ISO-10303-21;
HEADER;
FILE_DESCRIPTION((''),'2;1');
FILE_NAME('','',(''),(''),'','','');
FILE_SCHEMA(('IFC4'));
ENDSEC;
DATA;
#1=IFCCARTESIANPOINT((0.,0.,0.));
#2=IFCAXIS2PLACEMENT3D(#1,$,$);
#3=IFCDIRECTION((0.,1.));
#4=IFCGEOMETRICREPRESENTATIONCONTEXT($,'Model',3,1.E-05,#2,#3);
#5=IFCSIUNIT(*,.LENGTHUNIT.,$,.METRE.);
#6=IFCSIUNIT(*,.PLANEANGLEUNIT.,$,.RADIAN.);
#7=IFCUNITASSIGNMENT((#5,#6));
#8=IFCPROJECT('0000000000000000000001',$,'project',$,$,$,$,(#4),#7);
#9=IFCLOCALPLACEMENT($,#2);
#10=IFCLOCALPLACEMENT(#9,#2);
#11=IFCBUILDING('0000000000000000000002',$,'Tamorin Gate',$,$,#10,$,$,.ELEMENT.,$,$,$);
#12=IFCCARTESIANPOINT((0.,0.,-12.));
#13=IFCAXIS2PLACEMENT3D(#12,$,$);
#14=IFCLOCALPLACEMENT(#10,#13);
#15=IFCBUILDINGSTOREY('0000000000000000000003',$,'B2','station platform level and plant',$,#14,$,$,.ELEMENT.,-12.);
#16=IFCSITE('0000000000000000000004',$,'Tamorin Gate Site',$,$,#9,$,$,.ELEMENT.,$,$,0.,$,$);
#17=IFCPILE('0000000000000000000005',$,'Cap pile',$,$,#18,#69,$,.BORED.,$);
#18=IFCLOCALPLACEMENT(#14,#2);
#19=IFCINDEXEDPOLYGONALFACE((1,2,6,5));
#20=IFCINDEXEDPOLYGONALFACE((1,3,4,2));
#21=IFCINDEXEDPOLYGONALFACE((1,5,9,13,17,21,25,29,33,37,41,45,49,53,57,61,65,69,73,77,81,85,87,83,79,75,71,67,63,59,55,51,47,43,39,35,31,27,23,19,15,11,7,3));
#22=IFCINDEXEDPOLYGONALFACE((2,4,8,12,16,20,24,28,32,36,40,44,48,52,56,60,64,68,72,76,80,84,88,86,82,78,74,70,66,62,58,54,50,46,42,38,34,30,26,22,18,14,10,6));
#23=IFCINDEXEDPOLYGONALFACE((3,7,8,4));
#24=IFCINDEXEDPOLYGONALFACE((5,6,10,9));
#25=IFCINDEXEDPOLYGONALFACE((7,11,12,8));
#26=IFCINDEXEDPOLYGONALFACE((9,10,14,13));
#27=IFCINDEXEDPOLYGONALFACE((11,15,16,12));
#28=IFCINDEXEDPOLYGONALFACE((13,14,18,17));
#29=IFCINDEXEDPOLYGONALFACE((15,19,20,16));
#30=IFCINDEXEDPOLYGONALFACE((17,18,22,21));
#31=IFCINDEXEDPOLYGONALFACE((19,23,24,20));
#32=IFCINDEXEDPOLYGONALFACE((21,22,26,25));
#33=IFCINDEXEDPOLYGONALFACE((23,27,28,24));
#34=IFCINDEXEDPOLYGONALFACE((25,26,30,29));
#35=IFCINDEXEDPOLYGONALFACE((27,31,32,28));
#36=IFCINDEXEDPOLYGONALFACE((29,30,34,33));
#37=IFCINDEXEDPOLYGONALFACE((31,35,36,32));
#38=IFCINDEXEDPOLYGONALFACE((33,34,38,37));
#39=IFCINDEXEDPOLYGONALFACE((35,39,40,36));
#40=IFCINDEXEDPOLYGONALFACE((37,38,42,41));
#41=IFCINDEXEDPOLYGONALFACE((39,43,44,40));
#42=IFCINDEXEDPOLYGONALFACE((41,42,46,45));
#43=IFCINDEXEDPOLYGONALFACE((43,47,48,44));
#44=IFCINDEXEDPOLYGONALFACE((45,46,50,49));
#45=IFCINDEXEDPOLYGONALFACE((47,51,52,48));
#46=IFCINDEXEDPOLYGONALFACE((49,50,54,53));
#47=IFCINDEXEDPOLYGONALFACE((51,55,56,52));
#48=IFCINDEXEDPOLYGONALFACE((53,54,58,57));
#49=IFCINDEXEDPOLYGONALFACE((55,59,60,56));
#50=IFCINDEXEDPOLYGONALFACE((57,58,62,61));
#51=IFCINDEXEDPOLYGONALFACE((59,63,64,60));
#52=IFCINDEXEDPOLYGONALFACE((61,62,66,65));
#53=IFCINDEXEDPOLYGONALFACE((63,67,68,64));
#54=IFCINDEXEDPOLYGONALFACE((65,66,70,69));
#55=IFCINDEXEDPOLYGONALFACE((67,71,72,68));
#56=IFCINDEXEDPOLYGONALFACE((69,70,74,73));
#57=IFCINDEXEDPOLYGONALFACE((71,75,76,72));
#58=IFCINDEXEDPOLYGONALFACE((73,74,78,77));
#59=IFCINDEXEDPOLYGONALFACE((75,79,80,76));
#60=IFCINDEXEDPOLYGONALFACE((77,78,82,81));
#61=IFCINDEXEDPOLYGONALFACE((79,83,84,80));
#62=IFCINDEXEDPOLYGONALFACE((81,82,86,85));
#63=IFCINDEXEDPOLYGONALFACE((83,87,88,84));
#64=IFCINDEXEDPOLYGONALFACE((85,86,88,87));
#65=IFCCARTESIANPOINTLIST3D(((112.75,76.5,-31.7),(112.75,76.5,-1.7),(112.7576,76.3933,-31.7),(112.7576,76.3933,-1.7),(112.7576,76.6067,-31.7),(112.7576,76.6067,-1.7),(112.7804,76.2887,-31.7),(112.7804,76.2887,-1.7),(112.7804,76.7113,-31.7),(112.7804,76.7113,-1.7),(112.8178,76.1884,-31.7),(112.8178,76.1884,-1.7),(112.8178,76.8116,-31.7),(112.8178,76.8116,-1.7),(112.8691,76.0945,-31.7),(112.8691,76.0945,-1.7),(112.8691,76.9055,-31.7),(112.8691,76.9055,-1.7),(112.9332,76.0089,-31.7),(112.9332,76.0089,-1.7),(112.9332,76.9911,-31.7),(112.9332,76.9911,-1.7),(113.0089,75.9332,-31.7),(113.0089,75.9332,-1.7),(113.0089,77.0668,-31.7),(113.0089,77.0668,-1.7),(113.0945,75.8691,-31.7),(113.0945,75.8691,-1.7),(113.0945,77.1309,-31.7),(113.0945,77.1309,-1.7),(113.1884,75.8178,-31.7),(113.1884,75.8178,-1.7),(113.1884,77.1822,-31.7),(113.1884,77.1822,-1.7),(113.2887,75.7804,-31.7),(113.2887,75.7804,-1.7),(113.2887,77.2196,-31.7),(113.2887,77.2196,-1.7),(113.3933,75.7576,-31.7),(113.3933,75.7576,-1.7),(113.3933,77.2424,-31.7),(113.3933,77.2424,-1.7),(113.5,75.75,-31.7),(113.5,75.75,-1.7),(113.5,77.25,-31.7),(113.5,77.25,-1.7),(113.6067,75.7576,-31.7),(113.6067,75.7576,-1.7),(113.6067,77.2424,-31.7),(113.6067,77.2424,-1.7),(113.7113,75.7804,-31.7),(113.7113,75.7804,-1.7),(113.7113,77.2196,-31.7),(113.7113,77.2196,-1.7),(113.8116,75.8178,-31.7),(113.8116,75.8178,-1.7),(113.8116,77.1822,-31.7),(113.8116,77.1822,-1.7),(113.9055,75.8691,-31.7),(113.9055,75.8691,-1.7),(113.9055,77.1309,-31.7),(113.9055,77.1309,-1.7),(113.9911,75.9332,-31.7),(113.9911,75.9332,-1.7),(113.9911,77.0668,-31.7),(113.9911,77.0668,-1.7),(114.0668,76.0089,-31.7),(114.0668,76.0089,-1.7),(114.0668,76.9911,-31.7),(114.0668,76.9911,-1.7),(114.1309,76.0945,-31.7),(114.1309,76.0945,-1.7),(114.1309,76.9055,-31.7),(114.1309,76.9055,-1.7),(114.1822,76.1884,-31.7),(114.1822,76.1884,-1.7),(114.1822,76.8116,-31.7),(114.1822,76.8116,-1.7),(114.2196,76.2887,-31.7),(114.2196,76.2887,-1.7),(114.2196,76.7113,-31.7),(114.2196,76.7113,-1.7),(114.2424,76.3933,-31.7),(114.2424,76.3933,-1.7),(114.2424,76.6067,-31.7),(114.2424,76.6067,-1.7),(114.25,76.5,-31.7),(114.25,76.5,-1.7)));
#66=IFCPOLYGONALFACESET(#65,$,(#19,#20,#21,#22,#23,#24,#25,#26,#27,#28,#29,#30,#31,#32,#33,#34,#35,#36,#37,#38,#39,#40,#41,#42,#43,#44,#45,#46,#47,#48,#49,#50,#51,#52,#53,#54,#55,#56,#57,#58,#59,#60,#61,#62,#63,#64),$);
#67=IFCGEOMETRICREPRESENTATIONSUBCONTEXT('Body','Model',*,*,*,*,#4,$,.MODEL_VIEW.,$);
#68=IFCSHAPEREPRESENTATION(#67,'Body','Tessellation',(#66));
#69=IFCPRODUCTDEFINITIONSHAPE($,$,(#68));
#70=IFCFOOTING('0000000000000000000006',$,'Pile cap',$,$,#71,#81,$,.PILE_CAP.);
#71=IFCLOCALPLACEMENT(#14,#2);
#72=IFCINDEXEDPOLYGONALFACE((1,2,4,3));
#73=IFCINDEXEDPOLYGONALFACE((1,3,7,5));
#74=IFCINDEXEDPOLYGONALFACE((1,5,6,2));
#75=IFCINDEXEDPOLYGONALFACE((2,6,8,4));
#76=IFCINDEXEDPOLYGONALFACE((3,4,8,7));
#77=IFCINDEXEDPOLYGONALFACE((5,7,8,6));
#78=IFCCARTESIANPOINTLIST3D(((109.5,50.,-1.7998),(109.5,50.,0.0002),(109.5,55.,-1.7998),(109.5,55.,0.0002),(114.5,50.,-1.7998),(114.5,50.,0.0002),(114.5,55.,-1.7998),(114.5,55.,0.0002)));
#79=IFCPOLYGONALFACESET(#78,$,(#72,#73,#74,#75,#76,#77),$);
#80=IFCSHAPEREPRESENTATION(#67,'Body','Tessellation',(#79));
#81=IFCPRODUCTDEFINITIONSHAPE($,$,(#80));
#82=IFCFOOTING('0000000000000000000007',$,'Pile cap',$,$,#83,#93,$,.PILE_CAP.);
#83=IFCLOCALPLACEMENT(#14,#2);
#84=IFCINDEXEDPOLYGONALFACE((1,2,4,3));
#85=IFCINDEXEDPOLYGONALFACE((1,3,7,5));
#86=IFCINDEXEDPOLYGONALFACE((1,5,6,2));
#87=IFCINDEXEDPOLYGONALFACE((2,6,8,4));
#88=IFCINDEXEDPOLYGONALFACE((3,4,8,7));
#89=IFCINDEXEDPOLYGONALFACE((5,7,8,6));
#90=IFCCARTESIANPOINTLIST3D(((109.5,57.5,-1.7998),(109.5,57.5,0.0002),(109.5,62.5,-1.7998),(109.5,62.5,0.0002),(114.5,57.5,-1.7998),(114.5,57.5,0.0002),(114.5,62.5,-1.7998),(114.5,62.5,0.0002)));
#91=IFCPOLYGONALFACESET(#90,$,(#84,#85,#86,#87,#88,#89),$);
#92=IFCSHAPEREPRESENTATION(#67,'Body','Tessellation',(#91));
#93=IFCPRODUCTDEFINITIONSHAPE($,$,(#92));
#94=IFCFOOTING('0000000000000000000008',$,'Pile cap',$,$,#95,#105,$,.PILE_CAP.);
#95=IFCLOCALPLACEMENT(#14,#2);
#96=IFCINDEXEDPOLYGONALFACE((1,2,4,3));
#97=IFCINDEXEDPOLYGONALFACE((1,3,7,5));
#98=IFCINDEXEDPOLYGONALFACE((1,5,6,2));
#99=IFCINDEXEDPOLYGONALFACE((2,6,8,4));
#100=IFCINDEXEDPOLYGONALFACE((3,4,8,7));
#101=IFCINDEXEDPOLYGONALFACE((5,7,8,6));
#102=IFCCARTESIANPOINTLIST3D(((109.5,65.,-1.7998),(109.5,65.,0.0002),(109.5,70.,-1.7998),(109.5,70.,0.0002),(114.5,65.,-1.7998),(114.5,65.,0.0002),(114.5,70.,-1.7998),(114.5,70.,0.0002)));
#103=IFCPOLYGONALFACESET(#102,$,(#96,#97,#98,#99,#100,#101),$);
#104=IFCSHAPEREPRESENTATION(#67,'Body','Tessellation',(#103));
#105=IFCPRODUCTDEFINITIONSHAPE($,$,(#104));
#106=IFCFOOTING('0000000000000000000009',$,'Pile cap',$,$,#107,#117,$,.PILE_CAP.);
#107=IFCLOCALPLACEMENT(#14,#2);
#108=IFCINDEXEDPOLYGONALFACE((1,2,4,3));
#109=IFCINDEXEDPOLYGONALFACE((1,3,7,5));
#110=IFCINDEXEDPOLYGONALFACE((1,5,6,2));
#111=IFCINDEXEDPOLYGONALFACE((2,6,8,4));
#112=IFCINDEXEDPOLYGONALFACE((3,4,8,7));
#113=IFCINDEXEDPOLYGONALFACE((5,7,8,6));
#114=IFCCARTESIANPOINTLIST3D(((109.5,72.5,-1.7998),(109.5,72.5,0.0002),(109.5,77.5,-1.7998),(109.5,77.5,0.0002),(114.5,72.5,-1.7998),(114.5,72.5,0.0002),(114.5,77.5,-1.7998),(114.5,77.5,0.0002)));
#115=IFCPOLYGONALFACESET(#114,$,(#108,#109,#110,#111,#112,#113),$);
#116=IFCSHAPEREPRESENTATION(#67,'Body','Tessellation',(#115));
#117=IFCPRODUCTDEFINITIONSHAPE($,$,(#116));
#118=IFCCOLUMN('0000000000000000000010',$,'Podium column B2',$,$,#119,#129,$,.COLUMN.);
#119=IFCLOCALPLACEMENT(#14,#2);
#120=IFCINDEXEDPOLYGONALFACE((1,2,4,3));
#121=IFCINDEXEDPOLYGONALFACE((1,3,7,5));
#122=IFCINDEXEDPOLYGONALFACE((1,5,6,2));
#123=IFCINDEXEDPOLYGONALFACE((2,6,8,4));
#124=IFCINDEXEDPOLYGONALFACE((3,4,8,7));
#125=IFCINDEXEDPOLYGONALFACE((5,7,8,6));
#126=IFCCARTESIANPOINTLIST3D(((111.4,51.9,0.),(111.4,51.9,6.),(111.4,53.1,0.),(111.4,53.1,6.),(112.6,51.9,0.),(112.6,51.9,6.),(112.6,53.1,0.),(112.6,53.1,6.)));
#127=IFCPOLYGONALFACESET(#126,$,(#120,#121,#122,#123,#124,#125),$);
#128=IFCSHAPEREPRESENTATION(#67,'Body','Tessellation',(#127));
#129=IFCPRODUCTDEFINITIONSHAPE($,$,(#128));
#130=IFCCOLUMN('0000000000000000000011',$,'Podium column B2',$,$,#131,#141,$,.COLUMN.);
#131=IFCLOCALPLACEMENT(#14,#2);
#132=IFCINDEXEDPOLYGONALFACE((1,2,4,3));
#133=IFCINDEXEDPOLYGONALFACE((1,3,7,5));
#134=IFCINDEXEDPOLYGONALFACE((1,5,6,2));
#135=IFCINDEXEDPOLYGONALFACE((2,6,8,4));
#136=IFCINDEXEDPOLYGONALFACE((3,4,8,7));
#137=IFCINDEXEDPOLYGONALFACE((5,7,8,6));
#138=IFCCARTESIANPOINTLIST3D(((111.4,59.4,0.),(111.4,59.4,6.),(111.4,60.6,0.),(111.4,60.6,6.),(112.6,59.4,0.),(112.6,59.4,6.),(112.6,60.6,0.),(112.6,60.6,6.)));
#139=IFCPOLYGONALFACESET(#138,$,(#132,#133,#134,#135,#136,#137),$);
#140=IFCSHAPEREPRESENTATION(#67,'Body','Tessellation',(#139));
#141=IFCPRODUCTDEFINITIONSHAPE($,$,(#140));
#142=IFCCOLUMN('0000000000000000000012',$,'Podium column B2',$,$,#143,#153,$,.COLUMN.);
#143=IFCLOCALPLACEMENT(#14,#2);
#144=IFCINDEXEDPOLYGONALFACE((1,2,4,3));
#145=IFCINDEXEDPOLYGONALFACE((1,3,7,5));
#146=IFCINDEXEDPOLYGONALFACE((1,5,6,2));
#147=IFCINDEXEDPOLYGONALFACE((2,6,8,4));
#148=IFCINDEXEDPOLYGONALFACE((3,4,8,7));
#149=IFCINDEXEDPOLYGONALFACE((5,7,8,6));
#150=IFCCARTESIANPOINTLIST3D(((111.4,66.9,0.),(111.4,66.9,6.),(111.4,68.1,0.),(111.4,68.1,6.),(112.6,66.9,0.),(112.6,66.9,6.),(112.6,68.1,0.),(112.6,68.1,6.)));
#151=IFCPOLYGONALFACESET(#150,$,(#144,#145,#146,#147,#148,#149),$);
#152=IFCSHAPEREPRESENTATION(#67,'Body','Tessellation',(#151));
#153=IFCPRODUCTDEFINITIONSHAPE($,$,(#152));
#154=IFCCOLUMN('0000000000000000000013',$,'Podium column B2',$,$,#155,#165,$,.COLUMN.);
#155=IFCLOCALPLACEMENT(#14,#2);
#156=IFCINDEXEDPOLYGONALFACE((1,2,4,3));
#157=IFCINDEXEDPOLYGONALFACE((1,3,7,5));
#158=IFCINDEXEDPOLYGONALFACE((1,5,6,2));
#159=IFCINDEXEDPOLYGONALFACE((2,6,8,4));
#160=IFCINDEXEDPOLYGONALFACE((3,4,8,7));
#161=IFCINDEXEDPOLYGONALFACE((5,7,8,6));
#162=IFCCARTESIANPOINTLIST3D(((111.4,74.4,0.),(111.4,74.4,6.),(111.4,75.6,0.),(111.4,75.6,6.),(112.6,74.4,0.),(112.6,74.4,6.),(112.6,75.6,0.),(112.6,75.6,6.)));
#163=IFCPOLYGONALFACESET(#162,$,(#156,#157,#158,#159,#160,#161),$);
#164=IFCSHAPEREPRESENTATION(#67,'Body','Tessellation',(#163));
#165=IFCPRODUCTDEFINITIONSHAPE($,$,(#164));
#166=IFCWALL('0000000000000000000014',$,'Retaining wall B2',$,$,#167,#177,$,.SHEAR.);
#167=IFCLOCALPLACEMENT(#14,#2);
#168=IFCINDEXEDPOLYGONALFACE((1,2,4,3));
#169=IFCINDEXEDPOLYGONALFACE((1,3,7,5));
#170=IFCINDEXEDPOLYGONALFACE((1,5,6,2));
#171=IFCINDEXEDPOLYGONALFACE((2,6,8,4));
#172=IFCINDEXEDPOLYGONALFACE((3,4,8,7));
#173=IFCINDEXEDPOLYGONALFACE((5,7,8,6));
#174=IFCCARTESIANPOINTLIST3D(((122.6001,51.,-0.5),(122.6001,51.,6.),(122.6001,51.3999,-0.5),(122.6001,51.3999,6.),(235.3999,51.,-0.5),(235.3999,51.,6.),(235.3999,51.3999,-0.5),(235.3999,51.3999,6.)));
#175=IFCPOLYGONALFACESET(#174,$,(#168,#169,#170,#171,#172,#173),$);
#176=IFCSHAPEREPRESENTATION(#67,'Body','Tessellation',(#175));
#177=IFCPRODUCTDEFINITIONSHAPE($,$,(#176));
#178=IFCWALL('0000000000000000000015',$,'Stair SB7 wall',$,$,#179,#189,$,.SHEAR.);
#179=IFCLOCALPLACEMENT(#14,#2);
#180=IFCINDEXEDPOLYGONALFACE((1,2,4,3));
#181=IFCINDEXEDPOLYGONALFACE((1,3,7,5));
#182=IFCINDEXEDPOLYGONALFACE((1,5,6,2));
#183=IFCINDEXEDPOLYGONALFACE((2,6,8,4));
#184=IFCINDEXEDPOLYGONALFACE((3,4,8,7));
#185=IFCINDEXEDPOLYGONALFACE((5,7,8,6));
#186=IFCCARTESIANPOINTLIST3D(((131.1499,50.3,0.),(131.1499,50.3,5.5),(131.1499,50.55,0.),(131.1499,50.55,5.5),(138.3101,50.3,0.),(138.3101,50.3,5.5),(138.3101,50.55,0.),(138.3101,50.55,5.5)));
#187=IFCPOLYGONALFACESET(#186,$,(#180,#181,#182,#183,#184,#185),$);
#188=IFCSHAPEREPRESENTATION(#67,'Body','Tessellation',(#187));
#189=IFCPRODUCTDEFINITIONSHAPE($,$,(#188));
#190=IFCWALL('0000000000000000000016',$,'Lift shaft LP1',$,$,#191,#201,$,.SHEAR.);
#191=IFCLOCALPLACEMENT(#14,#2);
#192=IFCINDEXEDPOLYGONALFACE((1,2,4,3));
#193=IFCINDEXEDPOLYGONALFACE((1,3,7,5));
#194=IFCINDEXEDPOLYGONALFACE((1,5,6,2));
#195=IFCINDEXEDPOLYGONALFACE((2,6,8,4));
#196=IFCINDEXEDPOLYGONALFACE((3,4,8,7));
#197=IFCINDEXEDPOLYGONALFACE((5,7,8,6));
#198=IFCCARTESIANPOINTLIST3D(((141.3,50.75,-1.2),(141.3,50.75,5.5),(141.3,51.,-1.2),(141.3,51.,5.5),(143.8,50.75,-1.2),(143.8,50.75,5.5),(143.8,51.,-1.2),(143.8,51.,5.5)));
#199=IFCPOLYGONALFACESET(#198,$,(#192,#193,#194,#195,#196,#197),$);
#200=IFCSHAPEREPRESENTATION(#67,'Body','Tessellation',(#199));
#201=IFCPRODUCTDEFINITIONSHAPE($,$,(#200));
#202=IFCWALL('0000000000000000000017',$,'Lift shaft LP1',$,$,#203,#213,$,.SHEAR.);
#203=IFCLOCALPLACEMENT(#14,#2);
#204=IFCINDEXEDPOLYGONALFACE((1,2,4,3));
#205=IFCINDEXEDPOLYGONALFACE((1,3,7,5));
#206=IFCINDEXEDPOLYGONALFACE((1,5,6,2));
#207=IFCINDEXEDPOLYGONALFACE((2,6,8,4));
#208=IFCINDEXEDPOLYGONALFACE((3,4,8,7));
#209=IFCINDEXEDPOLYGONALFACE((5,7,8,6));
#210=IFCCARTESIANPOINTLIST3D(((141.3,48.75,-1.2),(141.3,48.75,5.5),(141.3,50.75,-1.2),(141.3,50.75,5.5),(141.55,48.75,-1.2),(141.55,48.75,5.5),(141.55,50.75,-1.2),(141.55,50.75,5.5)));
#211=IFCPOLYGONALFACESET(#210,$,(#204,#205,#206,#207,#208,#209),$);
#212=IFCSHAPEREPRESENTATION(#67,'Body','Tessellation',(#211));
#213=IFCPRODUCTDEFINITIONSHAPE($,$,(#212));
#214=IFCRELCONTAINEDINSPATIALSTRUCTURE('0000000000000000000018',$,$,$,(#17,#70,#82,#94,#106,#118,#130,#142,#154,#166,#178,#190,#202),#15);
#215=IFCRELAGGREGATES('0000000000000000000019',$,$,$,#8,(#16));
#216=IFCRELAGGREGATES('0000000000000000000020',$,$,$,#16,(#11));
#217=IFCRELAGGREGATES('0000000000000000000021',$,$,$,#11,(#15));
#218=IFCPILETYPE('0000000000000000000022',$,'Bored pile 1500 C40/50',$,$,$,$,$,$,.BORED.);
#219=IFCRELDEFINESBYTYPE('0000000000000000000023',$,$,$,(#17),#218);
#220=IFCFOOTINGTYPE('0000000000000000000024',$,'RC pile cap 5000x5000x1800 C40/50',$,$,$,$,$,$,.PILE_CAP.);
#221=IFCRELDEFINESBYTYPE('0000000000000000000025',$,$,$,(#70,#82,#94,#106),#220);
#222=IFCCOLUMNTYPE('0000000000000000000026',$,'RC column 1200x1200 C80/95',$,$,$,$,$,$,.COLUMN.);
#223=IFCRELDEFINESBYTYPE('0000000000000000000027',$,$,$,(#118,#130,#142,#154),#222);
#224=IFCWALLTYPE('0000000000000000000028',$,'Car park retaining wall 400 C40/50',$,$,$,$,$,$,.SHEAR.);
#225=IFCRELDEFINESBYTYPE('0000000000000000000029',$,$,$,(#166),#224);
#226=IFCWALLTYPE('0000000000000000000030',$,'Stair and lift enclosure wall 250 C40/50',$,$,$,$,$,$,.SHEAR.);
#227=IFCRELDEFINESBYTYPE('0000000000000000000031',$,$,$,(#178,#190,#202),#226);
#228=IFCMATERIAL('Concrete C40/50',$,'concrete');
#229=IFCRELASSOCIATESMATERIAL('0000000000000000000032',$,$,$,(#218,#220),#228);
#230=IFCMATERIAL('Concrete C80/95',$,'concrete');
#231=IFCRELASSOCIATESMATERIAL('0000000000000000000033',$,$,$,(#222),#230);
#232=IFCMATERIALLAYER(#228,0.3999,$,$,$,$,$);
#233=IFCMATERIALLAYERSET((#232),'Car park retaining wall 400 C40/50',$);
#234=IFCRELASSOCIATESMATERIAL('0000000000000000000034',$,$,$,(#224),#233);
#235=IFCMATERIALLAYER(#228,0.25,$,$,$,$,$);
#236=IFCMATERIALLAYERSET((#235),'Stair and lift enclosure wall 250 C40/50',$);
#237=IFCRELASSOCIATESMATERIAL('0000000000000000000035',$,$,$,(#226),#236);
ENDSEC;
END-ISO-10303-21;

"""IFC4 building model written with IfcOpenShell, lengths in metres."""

from ifc_helpers import new_model, si_unit, direction, frame, frame_2d, origin, origin_2d, place, context, subcontext, project, spatial, rectangle, circle, extrude, material, layer, layer_set, material_profile, profile_set, type_object, element, save


model = new_model("IFC4")

# Units and contexts
model_context = context("Model", 3, precision=1e-05, world=origin(), true_north=direction((0.0, 1.0)))
body_context = subcontext(model_context, "Body", "Model", "MODEL_VIEW")
ifc_project = project(units=[si_unit("LENGTHUNIT", "METRE"), si_unit("PLANEANGLEUNIT", "RADIAN")], contexts=[model_context])

# Site, building, storey
site_placement = place(None, origin())
site = spatial("IfcSite", under=ifc_project, at=site_placement, Name="Tamorin Gate Site", CompositionType="ELEMENT", RefElevation=0.0)
building_placement = place(site_placement, origin())
building = spatial("IfcBuilding", under=site, at=building_placement, Name="Tamorin Gate", CompositionType="ELEMENT")
storey_placement = place(building_placement, frame((0.0, 0.0, -12.0)))
storey = spatial("IfcBuildingStorey", under=building, at=storey_placement, Name="B2", Description="station platform level and plant", CompositionType="ELEMENT", Elevation=-12.0)

# Pile
ifc_material_1 = material(Name="Concrete C40/50", Category="concrete")
ifc_material_profile_1 = material_profile(ifc_material_1, circle(Radius=0.75, at=origin_2d()))
ifc_profile_set_1 = profile_set([ifc_material_profile_1], Name="Concrete C40/50")
pile_type = type_object("IfcPileType", Name="Bored pile 1500 C40/50", PredefinedType="BORED", material=ifc_profile_set_1)
for number, where, z_axis, x_axis, name in (
    (1, (113.5, 76.5, -1.7), (0.0, 0.0, -1.0), (1.0, 0.0, 0.0), "Cap pile"),
):
    element("IfcPile", number, at=place(storey_placement, frame(where, z_axis=z_axis, x_axis=x_axis)), inside=storey, type_object=pile_type, Name=name, PredefinedType="BORED", context=body_context, shape_type="SweptSolid", body=[
        extrude(circle(Radius=0.75, at=origin_2d()), origin(), (0.0, 0.0, 1.0), 30.0),
    ])

# Footings
footing_type = type_object("IfcFootingType", Name="RC pile cap 5000x5000x1800 C40/50", PredefinedType="PILE_CAP", material=ifc_material_1)
for number, where, z_axis, x_axis, name in (
    (2, (112.0, 52.5, -1.7998), (0.0, 0.0, 1.0), (1.0, 0.0, 0.0), "Pile cap"),
    (3, (112.0, 60.0, -1.7998), (0.0, 0.0, 1.0), (1.0, 0.0, 0.0), "Pile cap"),
    (4, (112.0, 67.5, -1.7998), (0.0, 0.0, 1.0), (1.0, 0.0, 0.0), "Pile cap"),
    (5, (112.0, 75.0, -1.7998), (0.0, 0.0, 1.0), (1.0, 0.0, 0.0), "Pile cap"),
):
    element("IfcFooting", number, at=place(storey_placement, frame(where, z_axis=z_axis, x_axis=x_axis)), inside=storey, type_object=footing_type, Name=name, PredefinedType="PILE_CAP", context=body_context, shape_type="SweptSolid", body=[
        extrude(rectangle(XDim=5.0, YDim=5.0, at=origin_2d()), origin(), (0.0, 0.0, 1.0), 1.8),
    ])

# Columns
ifc_material_2 = material(Name="Concrete C80/95", Category="concrete")
ifc_material_profile_2 = material_profile(ifc_material_2, rectangle(XDim=1.2, YDim=1.2, at=origin_2d()), Name="RC 1200x1200")
ifc_profile_set_2 = profile_set([ifc_material_profile_2], Name="Concrete C80/95")
column_type = type_object("IfcColumnType", Name="RC column 1200x1200 C80/95", PredefinedType="COLUMN", material=ifc_profile_set_2)
for number, where, z_axis, x_axis, name in (
    (6, (112.0, 52.5, 0.0), (0.0, 0.0, 1.0), (1.0, 0.0, 0.0), "Podium column B2"),
    (7, (112.0, 60.0, 0.0), (0.0, 0.0, 1.0), (1.0, 0.0, 0.0), "Podium column B2"),
    (8, (112.0, 67.5, 0.0), (0.0, 0.0, 1.0), (1.0, 0.0, 0.0), "Podium column B2"),
    (9, (112.0, 75.0, 0.0), (0.0, 0.0, 1.0), (1.0, 0.0, 0.0), "Podium column B2"),
):
    element("IfcColumn", number, at=place(storey_placement, frame(where, z_axis=z_axis, x_axis=x_axis)), inside=storey, type_object=column_type, Name=name, PredefinedType="COLUMN", context=body_context, shape_type="SweptSolid", body=[
        extrude(rectangle(XDim=1.2, YDim=1.2, at=origin_2d()), origin(), (0.0, 0.0, 1.0), 6.0),
    ])

# Walls
ifc_layer_1 = layer(ifc_material_1, 0.3999)
ifc_layer_set_1 = layer_set([ifc_layer_1], Name="Car park retaining wall 400 C40/50")
wall_type_1 = type_object("IfcWallType", Name="Car park retaining wall 400 C40/50", PredefinedType="SHEAR", material=ifc_layer_set_1)
wall_1_placement = place(storey_placement, frame((122.6001, 51.2, -0.5), z_axis=(0.0, 0.0, 1.0), x_axis=(1.0, 0.0, 0.0)))
element("IfcWall", 10, at=wall_1_placement, inside=storey, type_object=wall_type_1, Name="Retaining wall B2", PredefinedType="SHEAR", context=body_context, shape_type="SweptSolid", body=[
    extrude(rectangle(XDim=112.7998, YDim=0.3999, at=frame_2d((56.3999, 0.0))), origin(), (0.0, 0.0, 1.0), 6.5),
])
ifc_layer_2 = layer(ifc_material_1, 0.25)
ifc_layer_set_2 = layer_set([ifc_layer_2], Name="Stair and lift enclosure wall 250 C40/50")
wall_type_2 = type_object("IfcWallType", Name="Stair and lift enclosure wall 250 C40/50", PredefinedType="SHEAR", material=ifc_layer_set_2)
wall_2_placement = place(storey_placement, frame((131.1499, 50.425, 0.0), z_axis=(0.0, 0.0, 1.0), x_axis=(1.0, 0.0, 0.0)))
element("IfcWall", 11, at=wall_2_placement, inside=storey, type_object=wall_type_2, Name="Stair SB7 wall", PredefinedType="SHEAR", context=body_context, shape_type="SweptSolid", body=[
    extrude(rectangle(XDim=7.1602, YDim=0.25, at=frame_2d((3.5801, 0.0))), origin(), (0.0, 0.0, 1.0), 5.5),
])
wall_3_placement = place(storey_placement, frame((141.3, 50.875, -1.2), z_axis=(0.0, 0.0, 1.0), x_axis=(1.0, 0.0, 0.0)))
element("IfcWall", 12, at=wall_3_placement, inside=storey, type_object=wall_type_2, Name="Lift shaft LP1", PredefinedType="SHEAR", context=body_context, shape_type="SweptSolid", body=[
    extrude(rectangle(XDim=2.5, YDim=0.25, at=frame_2d((1.25, 0.0))), origin(), (0.0, 0.0, 1.0), 6.7),
])
for number, where, z_axis, x_axis, name in (
    (13, (141.425, 48.75, -1.2), (0.0, 0.0, 1.0), (0.0, 1.0, 0.0), "Lift shaft LP1"),
):
    element("IfcWall", number, at=place(storey_placement, frame(where, z_axis=z_axis, x_axis=x_axis)), inside=storey, type_object=wall_type_2, Name=name, PredefinedType="SHEAR", context=body_context, shape_type="SweptSolid", body=[
        extrude(rectangle(XDim=2.0, YDim=0.25, at=frame_2d((1.0, 0.0))), origin(), (0.0, 0.0, 1.0), 6.7),
    ])

save(model, "model.ifc")
